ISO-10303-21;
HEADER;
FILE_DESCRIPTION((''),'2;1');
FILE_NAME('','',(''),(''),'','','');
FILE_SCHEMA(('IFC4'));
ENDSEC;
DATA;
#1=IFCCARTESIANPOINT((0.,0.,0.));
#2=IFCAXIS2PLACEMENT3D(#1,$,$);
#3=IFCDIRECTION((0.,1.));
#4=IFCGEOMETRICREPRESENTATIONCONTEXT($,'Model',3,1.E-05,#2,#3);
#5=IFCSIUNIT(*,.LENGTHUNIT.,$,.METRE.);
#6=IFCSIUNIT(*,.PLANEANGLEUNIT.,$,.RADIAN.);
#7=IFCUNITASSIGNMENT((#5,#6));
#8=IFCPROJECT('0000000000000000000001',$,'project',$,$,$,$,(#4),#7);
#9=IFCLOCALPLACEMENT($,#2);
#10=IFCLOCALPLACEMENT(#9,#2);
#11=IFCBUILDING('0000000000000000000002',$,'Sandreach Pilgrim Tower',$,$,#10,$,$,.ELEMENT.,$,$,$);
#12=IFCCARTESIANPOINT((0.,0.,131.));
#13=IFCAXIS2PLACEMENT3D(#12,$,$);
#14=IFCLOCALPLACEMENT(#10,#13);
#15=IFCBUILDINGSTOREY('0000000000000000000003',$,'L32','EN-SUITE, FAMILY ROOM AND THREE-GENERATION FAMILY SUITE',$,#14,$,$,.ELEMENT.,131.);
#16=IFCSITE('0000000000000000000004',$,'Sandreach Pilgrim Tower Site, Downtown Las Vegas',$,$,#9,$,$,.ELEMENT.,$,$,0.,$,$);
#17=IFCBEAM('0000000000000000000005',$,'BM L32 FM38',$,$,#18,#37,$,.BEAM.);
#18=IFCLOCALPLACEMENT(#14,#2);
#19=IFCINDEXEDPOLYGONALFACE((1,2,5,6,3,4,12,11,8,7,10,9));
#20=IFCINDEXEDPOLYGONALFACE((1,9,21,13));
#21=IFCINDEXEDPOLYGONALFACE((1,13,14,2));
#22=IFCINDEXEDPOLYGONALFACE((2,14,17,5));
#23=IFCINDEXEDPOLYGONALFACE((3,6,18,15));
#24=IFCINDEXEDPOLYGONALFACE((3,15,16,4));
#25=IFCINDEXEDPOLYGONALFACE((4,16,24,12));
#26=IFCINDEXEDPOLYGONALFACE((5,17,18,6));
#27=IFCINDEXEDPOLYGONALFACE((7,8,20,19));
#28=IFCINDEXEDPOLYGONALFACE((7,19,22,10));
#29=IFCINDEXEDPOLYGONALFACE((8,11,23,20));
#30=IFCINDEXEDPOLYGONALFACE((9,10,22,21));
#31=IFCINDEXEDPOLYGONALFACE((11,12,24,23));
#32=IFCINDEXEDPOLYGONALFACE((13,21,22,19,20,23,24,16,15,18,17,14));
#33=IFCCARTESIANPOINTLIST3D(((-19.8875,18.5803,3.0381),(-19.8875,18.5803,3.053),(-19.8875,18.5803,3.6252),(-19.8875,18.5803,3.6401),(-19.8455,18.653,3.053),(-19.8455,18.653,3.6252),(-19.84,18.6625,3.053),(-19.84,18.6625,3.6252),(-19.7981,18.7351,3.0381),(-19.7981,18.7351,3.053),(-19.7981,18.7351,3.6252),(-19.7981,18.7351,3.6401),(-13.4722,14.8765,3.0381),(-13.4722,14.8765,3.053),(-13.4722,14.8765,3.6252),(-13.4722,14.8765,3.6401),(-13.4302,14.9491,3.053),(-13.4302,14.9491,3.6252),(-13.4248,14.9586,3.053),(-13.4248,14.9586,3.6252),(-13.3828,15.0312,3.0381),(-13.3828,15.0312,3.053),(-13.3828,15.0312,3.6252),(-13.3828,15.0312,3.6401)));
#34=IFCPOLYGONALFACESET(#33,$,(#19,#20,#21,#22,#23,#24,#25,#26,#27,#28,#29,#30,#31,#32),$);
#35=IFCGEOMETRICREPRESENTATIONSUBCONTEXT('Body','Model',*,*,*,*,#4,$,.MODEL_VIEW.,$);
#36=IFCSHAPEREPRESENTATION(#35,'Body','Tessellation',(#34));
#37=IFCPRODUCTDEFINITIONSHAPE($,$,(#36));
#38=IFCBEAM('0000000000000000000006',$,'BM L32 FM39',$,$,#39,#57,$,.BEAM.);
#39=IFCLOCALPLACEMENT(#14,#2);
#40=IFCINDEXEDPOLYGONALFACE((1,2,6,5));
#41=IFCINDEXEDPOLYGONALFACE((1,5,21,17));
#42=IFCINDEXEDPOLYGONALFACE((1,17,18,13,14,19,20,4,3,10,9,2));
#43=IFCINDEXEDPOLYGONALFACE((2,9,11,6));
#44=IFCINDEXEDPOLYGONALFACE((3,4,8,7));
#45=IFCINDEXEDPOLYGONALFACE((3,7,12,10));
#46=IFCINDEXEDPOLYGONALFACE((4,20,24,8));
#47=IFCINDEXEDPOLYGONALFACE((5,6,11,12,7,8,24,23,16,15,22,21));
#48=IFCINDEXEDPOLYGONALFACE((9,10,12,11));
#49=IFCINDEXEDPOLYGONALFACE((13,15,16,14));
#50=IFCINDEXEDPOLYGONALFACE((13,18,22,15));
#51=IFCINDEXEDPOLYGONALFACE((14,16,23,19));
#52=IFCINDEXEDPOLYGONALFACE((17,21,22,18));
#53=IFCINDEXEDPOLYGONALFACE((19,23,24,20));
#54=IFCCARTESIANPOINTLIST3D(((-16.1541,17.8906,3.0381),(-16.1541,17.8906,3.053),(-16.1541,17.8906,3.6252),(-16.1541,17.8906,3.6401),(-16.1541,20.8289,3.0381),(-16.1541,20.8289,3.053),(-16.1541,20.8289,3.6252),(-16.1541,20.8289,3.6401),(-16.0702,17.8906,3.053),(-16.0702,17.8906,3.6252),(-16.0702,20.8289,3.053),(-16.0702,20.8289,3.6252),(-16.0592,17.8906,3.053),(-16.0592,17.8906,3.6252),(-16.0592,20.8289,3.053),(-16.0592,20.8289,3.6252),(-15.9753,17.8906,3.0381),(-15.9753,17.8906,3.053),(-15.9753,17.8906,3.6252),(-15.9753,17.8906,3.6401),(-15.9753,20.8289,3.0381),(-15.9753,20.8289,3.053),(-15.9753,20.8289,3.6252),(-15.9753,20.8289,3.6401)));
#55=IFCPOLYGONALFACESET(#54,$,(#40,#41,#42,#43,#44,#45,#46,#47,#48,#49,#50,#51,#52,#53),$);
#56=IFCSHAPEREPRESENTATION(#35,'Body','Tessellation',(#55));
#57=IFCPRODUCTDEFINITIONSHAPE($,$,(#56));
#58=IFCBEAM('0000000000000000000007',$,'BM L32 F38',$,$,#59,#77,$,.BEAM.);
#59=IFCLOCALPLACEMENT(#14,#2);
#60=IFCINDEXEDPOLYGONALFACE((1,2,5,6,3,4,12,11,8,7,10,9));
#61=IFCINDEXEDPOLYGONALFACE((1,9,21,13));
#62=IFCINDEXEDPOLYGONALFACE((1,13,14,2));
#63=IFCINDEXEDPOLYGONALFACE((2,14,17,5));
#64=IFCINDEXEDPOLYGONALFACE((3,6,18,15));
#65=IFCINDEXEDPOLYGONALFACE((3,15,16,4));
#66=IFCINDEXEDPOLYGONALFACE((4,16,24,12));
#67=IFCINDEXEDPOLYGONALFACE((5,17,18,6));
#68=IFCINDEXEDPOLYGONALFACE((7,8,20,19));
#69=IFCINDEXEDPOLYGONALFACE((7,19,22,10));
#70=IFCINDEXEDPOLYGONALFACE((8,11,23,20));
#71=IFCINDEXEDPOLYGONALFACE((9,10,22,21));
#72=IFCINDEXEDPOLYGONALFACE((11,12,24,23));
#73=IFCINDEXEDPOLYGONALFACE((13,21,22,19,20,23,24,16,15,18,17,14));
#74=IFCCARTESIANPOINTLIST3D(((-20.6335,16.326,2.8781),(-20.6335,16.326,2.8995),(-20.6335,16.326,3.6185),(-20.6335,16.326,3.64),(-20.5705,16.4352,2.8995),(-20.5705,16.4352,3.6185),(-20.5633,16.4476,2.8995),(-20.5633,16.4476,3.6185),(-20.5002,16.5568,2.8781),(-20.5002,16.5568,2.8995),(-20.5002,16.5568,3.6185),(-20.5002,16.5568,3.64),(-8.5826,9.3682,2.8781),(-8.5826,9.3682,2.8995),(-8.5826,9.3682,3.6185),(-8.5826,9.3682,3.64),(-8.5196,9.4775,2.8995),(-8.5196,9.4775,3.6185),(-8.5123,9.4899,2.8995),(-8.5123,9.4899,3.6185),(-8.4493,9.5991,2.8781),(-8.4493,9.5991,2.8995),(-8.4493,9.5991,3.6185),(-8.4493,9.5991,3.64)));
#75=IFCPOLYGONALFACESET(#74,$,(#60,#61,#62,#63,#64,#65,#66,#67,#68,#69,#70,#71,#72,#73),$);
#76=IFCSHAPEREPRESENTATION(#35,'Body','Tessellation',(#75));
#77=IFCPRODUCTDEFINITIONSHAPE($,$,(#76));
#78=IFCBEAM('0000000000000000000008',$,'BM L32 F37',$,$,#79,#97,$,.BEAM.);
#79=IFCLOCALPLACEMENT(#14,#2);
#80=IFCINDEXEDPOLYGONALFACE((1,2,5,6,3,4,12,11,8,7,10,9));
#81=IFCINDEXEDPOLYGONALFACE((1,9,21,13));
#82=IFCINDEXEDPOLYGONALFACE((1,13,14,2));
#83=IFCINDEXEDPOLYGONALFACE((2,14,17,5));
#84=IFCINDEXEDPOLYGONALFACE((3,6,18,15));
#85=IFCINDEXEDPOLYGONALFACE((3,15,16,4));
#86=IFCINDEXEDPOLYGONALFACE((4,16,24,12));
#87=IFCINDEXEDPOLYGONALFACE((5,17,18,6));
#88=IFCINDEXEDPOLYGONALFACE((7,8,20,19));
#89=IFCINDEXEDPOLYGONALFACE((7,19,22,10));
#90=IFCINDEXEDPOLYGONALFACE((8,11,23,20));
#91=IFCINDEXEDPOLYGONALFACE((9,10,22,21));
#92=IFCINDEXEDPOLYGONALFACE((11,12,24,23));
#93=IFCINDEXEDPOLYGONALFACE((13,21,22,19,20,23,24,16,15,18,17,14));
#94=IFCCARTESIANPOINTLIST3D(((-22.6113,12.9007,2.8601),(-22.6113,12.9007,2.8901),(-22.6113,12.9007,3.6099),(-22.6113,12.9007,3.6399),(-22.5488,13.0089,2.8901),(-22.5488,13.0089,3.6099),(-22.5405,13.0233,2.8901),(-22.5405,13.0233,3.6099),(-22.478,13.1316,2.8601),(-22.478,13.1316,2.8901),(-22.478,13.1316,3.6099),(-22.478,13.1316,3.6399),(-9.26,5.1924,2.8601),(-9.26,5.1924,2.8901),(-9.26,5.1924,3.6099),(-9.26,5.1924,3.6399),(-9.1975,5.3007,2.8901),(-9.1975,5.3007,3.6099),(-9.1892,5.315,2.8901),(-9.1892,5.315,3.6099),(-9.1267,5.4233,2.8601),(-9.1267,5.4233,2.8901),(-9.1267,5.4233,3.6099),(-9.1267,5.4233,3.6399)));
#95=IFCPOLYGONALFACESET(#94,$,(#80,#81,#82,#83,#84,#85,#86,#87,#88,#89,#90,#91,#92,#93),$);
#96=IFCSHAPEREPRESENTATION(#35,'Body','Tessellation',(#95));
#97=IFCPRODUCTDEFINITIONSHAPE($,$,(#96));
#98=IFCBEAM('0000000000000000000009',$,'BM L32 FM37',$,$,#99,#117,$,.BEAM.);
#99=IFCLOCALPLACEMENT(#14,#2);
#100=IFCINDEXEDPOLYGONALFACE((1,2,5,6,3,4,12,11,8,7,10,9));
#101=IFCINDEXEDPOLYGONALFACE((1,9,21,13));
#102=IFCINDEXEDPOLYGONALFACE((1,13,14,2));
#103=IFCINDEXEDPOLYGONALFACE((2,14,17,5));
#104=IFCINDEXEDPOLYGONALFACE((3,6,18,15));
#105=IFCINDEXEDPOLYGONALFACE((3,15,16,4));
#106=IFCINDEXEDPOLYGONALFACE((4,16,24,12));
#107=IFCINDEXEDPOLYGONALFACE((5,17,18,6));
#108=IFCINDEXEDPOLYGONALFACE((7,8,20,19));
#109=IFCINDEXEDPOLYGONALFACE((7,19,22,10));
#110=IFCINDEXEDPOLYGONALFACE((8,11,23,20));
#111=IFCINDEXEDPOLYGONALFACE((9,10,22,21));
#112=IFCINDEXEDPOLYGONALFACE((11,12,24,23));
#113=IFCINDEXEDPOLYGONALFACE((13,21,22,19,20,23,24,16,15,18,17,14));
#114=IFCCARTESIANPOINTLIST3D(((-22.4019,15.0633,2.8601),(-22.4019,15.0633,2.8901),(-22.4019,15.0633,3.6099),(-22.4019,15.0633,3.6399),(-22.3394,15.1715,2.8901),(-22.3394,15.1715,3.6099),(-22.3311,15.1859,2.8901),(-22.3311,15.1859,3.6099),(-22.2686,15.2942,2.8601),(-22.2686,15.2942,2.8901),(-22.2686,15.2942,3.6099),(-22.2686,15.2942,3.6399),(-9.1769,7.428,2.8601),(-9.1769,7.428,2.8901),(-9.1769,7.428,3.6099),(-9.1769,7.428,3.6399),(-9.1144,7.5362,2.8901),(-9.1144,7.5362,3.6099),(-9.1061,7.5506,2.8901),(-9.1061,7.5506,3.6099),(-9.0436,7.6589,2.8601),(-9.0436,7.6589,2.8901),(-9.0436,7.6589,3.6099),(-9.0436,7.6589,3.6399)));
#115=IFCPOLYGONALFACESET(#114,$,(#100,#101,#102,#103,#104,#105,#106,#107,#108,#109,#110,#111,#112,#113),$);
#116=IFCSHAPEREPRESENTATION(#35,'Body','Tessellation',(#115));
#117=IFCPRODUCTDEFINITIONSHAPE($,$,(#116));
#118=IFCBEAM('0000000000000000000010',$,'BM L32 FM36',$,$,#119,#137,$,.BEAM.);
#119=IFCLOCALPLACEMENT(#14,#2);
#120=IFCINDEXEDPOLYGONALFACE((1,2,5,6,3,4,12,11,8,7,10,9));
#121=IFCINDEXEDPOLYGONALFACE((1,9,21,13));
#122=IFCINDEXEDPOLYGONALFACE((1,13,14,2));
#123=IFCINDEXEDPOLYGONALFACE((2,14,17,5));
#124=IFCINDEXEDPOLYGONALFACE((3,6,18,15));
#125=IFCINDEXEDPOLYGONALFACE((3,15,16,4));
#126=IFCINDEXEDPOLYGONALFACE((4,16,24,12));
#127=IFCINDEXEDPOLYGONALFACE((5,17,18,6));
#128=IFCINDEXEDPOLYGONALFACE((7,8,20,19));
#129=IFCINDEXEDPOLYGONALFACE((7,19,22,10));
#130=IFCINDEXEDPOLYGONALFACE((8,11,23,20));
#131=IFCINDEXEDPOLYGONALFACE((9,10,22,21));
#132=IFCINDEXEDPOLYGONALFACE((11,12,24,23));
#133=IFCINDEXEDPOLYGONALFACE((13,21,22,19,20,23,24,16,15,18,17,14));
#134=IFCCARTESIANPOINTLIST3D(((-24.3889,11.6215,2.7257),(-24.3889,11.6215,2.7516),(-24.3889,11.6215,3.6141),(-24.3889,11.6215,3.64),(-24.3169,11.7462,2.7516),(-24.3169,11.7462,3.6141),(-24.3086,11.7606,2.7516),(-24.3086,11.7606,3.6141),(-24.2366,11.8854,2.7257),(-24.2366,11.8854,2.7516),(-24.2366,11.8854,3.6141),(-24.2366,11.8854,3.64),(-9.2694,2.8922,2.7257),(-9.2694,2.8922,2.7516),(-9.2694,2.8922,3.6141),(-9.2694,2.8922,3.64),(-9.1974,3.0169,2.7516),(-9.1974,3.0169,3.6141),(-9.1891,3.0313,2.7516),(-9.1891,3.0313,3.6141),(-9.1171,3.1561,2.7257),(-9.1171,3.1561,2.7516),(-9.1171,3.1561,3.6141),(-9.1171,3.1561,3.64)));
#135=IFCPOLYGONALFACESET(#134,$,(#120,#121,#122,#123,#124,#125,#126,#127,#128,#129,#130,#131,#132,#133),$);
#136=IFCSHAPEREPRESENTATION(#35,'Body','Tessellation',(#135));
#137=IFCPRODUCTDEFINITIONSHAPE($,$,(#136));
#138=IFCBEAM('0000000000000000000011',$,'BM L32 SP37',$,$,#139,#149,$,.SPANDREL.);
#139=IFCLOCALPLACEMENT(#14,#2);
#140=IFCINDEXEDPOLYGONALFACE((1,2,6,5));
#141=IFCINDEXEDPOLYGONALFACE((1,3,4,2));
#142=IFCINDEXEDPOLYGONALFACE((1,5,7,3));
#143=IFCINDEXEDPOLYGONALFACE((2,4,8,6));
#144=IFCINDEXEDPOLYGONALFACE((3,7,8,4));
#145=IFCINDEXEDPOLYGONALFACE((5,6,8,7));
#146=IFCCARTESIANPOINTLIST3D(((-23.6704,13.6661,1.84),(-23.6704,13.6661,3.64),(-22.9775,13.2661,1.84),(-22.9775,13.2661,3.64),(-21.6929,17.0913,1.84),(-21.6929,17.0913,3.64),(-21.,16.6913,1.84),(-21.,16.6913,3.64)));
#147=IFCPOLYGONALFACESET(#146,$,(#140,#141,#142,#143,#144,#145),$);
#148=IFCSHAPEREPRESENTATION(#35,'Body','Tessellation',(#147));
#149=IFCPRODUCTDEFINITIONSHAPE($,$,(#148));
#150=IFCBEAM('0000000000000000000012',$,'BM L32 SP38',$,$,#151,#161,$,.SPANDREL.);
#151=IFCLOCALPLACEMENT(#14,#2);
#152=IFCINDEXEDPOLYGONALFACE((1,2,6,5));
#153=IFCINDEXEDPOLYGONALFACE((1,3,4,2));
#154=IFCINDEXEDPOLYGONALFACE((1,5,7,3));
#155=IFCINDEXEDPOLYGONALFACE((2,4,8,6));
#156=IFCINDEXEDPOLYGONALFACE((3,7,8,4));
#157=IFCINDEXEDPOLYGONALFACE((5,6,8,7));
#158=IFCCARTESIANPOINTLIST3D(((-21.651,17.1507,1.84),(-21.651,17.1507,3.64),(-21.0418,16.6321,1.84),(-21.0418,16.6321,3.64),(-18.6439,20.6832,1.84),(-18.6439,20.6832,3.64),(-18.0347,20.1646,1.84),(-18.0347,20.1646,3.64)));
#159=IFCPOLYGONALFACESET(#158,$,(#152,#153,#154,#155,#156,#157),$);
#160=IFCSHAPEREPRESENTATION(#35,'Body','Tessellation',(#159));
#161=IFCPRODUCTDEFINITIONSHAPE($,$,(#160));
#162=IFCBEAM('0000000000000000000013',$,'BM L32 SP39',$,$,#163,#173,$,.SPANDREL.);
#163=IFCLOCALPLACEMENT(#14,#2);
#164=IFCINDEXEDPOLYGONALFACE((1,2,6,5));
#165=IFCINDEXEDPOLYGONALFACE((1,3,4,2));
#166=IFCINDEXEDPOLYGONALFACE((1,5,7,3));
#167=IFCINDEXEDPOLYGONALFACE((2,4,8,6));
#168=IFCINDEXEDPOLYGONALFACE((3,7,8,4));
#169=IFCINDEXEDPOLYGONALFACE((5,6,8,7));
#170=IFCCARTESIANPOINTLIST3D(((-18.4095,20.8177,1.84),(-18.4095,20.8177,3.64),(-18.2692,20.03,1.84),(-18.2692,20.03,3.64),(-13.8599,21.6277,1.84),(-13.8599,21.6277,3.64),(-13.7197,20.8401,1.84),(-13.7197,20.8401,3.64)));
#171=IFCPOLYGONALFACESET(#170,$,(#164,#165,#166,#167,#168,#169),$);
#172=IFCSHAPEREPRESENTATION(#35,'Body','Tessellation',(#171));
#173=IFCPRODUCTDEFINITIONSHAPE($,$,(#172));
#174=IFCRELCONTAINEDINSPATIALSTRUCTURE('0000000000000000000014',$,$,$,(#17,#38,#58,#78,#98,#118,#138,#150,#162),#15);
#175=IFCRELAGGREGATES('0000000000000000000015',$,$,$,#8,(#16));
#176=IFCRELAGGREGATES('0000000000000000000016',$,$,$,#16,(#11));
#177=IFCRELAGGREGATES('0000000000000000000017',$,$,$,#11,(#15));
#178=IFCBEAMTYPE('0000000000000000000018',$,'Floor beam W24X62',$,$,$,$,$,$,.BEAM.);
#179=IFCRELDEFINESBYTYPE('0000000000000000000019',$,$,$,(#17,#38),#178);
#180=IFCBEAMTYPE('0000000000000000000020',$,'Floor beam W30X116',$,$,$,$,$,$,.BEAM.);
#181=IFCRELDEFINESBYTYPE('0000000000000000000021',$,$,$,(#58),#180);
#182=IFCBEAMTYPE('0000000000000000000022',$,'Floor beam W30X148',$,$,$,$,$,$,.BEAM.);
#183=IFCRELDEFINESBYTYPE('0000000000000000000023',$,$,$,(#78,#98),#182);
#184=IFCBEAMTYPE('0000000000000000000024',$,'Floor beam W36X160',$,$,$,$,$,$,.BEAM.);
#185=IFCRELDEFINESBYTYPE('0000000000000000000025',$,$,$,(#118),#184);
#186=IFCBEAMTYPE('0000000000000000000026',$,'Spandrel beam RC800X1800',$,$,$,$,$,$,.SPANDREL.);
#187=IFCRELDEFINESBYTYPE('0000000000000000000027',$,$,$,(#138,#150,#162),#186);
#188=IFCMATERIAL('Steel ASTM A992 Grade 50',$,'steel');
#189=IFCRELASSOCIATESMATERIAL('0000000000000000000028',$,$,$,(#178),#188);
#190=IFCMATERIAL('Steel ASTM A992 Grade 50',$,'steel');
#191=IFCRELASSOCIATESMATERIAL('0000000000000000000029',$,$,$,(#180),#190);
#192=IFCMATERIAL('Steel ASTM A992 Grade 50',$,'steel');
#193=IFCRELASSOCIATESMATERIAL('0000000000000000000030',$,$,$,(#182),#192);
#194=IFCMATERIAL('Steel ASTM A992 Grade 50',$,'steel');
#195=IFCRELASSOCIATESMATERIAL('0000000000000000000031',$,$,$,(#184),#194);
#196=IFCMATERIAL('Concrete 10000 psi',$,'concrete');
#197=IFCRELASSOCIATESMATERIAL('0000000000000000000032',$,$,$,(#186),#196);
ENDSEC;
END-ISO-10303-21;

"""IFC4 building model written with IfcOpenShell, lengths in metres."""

from ifc_helpers import new_model, si_unit, direction, frame, origin, origin_2d, place, context, subcontext, project, spatial, rectangle, i_section, extrude, material, material_profile, profile_set, type_object, element, save


model = new_model("IFC4")

# Units and contexts
model_context = context("Model", 3, precision=1e-05, world=origin(), true_north=direction((0.0, 1.0)))
body_context = subcontext(model_context, "Body", "Model", "MODEL_VIEW")
ifc_project = project(units=[si_unit("LENGTHUNIT", "METRE"), si_unit("PLANEANGLEUNIT", "RADIAN")], contexts=[model_context])

# Site, building, storey
site_placement = place(None, origin())
site = spatial("IfcSite", under=ifc_project, at=site_placement, Name="Sandreach Pilgrim Tower Site, Downtown Las Vegas", CompositionType="ELEMENT", RefElevation=0.0)
building_placement = place(site_placement, origin())
building = spatial("IfcBuilding", under=site, at=building_placement, Name="Sandreach Pilgrim Tower", CompositionType="ELEMENT")
storey_placement = place(building_placement, frame((0.0, 0.0, 131.0)))
storey = spatial("IfcBuildingStorey", under=building, at=storey_placement, Name="L32", Description="EN-SUITE, FAMILY ROOM AND THREE-GENERATION FAMILY SUITE", CompositionType="ELEMENT", Elevation=131.0)

# Beams
ifc_material_1 = material(Name="Steel ASTM A992 Grade 50", Category="steel")
ifc_material_profile_1 = material_profile(ifc_material_1, i_section(OverallWidth=0.1787, OverallDepth=0.6021, WebThickness=0.011, FlangeThickness=0.0149, at=origin_2d()), Name="W24X62")
ifc_profile_set_1 = profile_set([ifc_material_profile_1], Name="Steel ASTM A992 Grade 50")
beam_type_1 = type_object("IfcBeamType", Name="Floor beam W24X62", PredefinedType="BEAM", material=ifc_profile_set_1)
beam_1_placement = place(storey_placement, frame((-19.8428, 18.6577, 3.3391), z_axis=(0.866026, -0.499999, 0.0), x_axis=(0.499999, 0.866026, 0.0)))
element("IfcBeam", 1, at=beam_1_placement, inside=storey, type_object=beam_type_1, Name="BM L32 FM38", PredefinedType="BEAM", context=body_context, shape_type="SweptSolid", body=[
    extrude(i_section(OverallWidth=0.1787, OverallDepth=0.6021, WebThickness=0.011, FlangeThickness=0.0149, at=origin_2d()), origin(), (0.0, 0.0, 1.0), 7.4077),
])
beam_2_placement = place(storey_placement, frame((-16.0647, 20.8289, 3.3391), z_axis=(0.0, -1.0, 0.0), x_axis=(1.0, 0.0, 0.0)))
element("IfcBeam", 2, at=beam_2_placement, inside=storey, type_object=beam_type_1, Name="BM L32 FM39", PredefinedType="BEAM", context=body_context, shape_type="SweptSolid", body=[
    extrude(i_section(OverallWidth=0.1787, OverallDepth=0.6021, WebThickness=0.011, FlangeThickness=0.0149, at=origin_2d()), origin(), (0.0, 0.0, 1.0), 2.9382),
])
ifc_material_2 = material(Name="Steel ASTM A992 Grade 50", Category="steel")
ifc_material_profile_2 = material_profile(ifc_material_2, i_section(OverallWidth=0.2666, OverallDepth=0.762, WebThickness=0.0144, FlangeThickness=0.0215, at=origin_2d()), Name="W30X116")
ifc_profile_set_2 = profile_set([ifc_material_profile_2], Name="Steel ASTM A992 Grade 50")
beam_type_2 = type_object("IfcBeamType", Name="Floor beam W30X116", PredefinedType="BEAM", material=ifc_profile_set_2)
beam_3_placement = place(storey_placement, frame((-20.5669, 16.4414, 3.259), z_axis=(0.866022, -0.500005, 0.0), x_axis=(0.500005, 0.866022, 0.0)))
element("IfcBeam", 3, at=beam_3_placement, inside=storey, type_object=beam_type_2, Name="BM L32 F38", PredefinedType="BEAM", context=body_context, shape_type="SweptSolid", body=[
    extrude(i_section(OverallWidth=0.2666, OverallDepth=0.762, WebThickness=0.0144, FlangeThickness=0.0215, at=origin_2d()), origin(), (0.0, 0.0, 1.0), 13.9153),
])
ifc_material_3 = material(Name="Steel ASTM A992 Grade 50", Category="steel")
ifc_material_profile_3 = material_profile(ifc_material_3, i_section(OverallWidth=0.2666, OverallDepth=0.7798, WebThickness=0.0166, FlangeThickness=0.03, at=origin_2d()), Name="W30X148")
ifc_profile_set_3 = profile_set([ifc_material_profile_3], Name="Steel ASTM A992 Grade 50")
beam_type_3 = type_object("IfcBeamType", Name="Floor beam W30X148", PredefinedType="BEAM", material=ifc_profile_set_3)
beam_4_placement = place(storey_placement, frame((-22.5447, 13.0161, 3.25), z_axis=(0.866029, -0.499993, 0.0), x_axis=(0.499993, 0.866029, 0.0)))
element("IfcBeam", 4, at=beam_4_placement, inside=storey, type_object=beam_type_3, Name="BM L32 F37", PredefinedType="BEAM", context=body_context, shape_type="SweptSolid", body=[
    extrude(i_section(OverallWidth=0.2666, OverallDepth=0.7798, WebThickness=0.0166, FlangeThickness=0.03, at=origin_2d()), origin(), (0.0, 0.0, 1.0), 15.4167),
])
beam_5_placement = place(storey_placement, frame((-22.3352, 15.1787, 3.25), z_axis=(0.866029, -0.499994, 0.0), x_axis=(0.499994, 0.866029, 0.0)))
element("IfcBeam", 5, at=beam_5_placement, inside=storey, type_object=beam_type_3, Name="BM L32 FM37", PredefinedType="BEAM", context=body_context, shape_type="SweptSolid", body=[
    extrude(i_section(OverallWidth=0.2666, OverallDepth=0.7798, WebThickness=0.0166, FlangeThickness=0.03, at=origin_2d()), origin(), (0.0, 0.0, 1.0), 15.2708),
])
ifc_material_4 = material(Name="Steel ASTM A992 Grade 50", Category="steel")
ifc_material_profile_4 = material_profile(ifc_material_4, i_section(OverallWidth=0.3047, OverallDepth=0.9143, WebThickness=0.0166, FlangeThickness=0.0259, at=origin_2d()), Name="W36X160")
ifc_profile_set_4 = profile_set([ifc_material_profile_4], Name="Steel ASTM A992 Grade 50")
beam_type_4 = type_object("IfcBeamType", Name="Floor beam W36X160", PredefinedType="BEAM", material=ifc_profile_set_4)
beam_6_placement = place(storey_placement, frame((-24.3127, 11.7534, 3.1829), z_axis=(0.866024, -0.500003, 0.0), x_axis=(0.500003, 0.866024, 0.0)))
element("IfcBeam", 6, at=beam_6_placement, inside=storey, type_object=beam_type_4, Name="BM L32 FM36", PredefinedType="BEAM", context=body_context, shape_type="SweptSolid", body=[
    extrude(i_section(OverallWidth=0.3047, OverallDepth=0.9143, WebThickness=0.0166, FlangeThickness=0.0259, at=origin_2d()), origin(), (0.0, 0.0, 1.0), 17.4585),
])
ifc_material_5 = material(Name="Concrete 10000 psi", Category="concrete")
ifc_material_profile_5 = material_profile(ifc_material_5, rectangle(XDim=0.8, YDim=1.8, at=origin_2d()), Name="RC800X1800")
ifc_profile_set_5 = profile_set([ifc_material_profile_5], Name="Concrete 10000 psi")
beam_type_5 = type_object("IfcBeamType", Name="Spandrel beam RC800X1800", PredefinedType="SPANDREL", material=ifc_profile_set_5)
beam_7_placement = place(storey_placement, frame((-23.324, 13.4661, 2.74), z_axis=(0.49999, 0.866031, 0.0), x_axis=(-0.866031, 0.49999, 0.0)))
element("IfcBeam", 7, at=beam_7_placement, inside=storey, type_object=beam_type_5, Name="BM L32 SP37", PredefinedType="SPANDREL", context=body_context, shape_type="SweptSolid", body=[
    extrude(rectangle(XDim=0.8, YDim=1.8, at=origin_2d()), origin(), (0.0, 0.0, 1.0), 3.9551),
])
beam_8_placement = place(storey_placement, frame((-21.3464, 16.8914, 2.74), z_axis=(0.648209, 0.761463, 0.0), x_axis=(-0.761463, 0.648209, 0.0)))
element("IfcBeam", 8, at=beam_8_placement, inside=storey, type_object=beam_type_5, Name="BM L32 SP38", PredefinedType="SPANDREL", context=body_context, shape_type="SweptSolid", body=[
    extrude(rectangle(XDim=0.8, YDim=1.8, at=origin_2d()), origin(), (0.0, 0.0, 1.0), 4.6392),
])
beam_9_placement = place(storey_placement, frame((-18.3394, 20.4238, 2.74), z_axis=(0.984516, 0.175295, 0.0), x_axis=(-0.175295, 0.984516, 0.0)))
element("IfcBeam", 9, at=beam_9_placement, inside=storey, type_object=beam_type_5, Name="BM L32 SP39", PredefinedType="SPANDREL", context=body_context, shape_type="SweptSolid", body=[
    extrude(rectangle(XDim=0.8, YDim=1.8, at=origin_2d()), origin(), (0.0, 0.0, 1.0), 4.6211),
])

save(model, "model.ifc")
